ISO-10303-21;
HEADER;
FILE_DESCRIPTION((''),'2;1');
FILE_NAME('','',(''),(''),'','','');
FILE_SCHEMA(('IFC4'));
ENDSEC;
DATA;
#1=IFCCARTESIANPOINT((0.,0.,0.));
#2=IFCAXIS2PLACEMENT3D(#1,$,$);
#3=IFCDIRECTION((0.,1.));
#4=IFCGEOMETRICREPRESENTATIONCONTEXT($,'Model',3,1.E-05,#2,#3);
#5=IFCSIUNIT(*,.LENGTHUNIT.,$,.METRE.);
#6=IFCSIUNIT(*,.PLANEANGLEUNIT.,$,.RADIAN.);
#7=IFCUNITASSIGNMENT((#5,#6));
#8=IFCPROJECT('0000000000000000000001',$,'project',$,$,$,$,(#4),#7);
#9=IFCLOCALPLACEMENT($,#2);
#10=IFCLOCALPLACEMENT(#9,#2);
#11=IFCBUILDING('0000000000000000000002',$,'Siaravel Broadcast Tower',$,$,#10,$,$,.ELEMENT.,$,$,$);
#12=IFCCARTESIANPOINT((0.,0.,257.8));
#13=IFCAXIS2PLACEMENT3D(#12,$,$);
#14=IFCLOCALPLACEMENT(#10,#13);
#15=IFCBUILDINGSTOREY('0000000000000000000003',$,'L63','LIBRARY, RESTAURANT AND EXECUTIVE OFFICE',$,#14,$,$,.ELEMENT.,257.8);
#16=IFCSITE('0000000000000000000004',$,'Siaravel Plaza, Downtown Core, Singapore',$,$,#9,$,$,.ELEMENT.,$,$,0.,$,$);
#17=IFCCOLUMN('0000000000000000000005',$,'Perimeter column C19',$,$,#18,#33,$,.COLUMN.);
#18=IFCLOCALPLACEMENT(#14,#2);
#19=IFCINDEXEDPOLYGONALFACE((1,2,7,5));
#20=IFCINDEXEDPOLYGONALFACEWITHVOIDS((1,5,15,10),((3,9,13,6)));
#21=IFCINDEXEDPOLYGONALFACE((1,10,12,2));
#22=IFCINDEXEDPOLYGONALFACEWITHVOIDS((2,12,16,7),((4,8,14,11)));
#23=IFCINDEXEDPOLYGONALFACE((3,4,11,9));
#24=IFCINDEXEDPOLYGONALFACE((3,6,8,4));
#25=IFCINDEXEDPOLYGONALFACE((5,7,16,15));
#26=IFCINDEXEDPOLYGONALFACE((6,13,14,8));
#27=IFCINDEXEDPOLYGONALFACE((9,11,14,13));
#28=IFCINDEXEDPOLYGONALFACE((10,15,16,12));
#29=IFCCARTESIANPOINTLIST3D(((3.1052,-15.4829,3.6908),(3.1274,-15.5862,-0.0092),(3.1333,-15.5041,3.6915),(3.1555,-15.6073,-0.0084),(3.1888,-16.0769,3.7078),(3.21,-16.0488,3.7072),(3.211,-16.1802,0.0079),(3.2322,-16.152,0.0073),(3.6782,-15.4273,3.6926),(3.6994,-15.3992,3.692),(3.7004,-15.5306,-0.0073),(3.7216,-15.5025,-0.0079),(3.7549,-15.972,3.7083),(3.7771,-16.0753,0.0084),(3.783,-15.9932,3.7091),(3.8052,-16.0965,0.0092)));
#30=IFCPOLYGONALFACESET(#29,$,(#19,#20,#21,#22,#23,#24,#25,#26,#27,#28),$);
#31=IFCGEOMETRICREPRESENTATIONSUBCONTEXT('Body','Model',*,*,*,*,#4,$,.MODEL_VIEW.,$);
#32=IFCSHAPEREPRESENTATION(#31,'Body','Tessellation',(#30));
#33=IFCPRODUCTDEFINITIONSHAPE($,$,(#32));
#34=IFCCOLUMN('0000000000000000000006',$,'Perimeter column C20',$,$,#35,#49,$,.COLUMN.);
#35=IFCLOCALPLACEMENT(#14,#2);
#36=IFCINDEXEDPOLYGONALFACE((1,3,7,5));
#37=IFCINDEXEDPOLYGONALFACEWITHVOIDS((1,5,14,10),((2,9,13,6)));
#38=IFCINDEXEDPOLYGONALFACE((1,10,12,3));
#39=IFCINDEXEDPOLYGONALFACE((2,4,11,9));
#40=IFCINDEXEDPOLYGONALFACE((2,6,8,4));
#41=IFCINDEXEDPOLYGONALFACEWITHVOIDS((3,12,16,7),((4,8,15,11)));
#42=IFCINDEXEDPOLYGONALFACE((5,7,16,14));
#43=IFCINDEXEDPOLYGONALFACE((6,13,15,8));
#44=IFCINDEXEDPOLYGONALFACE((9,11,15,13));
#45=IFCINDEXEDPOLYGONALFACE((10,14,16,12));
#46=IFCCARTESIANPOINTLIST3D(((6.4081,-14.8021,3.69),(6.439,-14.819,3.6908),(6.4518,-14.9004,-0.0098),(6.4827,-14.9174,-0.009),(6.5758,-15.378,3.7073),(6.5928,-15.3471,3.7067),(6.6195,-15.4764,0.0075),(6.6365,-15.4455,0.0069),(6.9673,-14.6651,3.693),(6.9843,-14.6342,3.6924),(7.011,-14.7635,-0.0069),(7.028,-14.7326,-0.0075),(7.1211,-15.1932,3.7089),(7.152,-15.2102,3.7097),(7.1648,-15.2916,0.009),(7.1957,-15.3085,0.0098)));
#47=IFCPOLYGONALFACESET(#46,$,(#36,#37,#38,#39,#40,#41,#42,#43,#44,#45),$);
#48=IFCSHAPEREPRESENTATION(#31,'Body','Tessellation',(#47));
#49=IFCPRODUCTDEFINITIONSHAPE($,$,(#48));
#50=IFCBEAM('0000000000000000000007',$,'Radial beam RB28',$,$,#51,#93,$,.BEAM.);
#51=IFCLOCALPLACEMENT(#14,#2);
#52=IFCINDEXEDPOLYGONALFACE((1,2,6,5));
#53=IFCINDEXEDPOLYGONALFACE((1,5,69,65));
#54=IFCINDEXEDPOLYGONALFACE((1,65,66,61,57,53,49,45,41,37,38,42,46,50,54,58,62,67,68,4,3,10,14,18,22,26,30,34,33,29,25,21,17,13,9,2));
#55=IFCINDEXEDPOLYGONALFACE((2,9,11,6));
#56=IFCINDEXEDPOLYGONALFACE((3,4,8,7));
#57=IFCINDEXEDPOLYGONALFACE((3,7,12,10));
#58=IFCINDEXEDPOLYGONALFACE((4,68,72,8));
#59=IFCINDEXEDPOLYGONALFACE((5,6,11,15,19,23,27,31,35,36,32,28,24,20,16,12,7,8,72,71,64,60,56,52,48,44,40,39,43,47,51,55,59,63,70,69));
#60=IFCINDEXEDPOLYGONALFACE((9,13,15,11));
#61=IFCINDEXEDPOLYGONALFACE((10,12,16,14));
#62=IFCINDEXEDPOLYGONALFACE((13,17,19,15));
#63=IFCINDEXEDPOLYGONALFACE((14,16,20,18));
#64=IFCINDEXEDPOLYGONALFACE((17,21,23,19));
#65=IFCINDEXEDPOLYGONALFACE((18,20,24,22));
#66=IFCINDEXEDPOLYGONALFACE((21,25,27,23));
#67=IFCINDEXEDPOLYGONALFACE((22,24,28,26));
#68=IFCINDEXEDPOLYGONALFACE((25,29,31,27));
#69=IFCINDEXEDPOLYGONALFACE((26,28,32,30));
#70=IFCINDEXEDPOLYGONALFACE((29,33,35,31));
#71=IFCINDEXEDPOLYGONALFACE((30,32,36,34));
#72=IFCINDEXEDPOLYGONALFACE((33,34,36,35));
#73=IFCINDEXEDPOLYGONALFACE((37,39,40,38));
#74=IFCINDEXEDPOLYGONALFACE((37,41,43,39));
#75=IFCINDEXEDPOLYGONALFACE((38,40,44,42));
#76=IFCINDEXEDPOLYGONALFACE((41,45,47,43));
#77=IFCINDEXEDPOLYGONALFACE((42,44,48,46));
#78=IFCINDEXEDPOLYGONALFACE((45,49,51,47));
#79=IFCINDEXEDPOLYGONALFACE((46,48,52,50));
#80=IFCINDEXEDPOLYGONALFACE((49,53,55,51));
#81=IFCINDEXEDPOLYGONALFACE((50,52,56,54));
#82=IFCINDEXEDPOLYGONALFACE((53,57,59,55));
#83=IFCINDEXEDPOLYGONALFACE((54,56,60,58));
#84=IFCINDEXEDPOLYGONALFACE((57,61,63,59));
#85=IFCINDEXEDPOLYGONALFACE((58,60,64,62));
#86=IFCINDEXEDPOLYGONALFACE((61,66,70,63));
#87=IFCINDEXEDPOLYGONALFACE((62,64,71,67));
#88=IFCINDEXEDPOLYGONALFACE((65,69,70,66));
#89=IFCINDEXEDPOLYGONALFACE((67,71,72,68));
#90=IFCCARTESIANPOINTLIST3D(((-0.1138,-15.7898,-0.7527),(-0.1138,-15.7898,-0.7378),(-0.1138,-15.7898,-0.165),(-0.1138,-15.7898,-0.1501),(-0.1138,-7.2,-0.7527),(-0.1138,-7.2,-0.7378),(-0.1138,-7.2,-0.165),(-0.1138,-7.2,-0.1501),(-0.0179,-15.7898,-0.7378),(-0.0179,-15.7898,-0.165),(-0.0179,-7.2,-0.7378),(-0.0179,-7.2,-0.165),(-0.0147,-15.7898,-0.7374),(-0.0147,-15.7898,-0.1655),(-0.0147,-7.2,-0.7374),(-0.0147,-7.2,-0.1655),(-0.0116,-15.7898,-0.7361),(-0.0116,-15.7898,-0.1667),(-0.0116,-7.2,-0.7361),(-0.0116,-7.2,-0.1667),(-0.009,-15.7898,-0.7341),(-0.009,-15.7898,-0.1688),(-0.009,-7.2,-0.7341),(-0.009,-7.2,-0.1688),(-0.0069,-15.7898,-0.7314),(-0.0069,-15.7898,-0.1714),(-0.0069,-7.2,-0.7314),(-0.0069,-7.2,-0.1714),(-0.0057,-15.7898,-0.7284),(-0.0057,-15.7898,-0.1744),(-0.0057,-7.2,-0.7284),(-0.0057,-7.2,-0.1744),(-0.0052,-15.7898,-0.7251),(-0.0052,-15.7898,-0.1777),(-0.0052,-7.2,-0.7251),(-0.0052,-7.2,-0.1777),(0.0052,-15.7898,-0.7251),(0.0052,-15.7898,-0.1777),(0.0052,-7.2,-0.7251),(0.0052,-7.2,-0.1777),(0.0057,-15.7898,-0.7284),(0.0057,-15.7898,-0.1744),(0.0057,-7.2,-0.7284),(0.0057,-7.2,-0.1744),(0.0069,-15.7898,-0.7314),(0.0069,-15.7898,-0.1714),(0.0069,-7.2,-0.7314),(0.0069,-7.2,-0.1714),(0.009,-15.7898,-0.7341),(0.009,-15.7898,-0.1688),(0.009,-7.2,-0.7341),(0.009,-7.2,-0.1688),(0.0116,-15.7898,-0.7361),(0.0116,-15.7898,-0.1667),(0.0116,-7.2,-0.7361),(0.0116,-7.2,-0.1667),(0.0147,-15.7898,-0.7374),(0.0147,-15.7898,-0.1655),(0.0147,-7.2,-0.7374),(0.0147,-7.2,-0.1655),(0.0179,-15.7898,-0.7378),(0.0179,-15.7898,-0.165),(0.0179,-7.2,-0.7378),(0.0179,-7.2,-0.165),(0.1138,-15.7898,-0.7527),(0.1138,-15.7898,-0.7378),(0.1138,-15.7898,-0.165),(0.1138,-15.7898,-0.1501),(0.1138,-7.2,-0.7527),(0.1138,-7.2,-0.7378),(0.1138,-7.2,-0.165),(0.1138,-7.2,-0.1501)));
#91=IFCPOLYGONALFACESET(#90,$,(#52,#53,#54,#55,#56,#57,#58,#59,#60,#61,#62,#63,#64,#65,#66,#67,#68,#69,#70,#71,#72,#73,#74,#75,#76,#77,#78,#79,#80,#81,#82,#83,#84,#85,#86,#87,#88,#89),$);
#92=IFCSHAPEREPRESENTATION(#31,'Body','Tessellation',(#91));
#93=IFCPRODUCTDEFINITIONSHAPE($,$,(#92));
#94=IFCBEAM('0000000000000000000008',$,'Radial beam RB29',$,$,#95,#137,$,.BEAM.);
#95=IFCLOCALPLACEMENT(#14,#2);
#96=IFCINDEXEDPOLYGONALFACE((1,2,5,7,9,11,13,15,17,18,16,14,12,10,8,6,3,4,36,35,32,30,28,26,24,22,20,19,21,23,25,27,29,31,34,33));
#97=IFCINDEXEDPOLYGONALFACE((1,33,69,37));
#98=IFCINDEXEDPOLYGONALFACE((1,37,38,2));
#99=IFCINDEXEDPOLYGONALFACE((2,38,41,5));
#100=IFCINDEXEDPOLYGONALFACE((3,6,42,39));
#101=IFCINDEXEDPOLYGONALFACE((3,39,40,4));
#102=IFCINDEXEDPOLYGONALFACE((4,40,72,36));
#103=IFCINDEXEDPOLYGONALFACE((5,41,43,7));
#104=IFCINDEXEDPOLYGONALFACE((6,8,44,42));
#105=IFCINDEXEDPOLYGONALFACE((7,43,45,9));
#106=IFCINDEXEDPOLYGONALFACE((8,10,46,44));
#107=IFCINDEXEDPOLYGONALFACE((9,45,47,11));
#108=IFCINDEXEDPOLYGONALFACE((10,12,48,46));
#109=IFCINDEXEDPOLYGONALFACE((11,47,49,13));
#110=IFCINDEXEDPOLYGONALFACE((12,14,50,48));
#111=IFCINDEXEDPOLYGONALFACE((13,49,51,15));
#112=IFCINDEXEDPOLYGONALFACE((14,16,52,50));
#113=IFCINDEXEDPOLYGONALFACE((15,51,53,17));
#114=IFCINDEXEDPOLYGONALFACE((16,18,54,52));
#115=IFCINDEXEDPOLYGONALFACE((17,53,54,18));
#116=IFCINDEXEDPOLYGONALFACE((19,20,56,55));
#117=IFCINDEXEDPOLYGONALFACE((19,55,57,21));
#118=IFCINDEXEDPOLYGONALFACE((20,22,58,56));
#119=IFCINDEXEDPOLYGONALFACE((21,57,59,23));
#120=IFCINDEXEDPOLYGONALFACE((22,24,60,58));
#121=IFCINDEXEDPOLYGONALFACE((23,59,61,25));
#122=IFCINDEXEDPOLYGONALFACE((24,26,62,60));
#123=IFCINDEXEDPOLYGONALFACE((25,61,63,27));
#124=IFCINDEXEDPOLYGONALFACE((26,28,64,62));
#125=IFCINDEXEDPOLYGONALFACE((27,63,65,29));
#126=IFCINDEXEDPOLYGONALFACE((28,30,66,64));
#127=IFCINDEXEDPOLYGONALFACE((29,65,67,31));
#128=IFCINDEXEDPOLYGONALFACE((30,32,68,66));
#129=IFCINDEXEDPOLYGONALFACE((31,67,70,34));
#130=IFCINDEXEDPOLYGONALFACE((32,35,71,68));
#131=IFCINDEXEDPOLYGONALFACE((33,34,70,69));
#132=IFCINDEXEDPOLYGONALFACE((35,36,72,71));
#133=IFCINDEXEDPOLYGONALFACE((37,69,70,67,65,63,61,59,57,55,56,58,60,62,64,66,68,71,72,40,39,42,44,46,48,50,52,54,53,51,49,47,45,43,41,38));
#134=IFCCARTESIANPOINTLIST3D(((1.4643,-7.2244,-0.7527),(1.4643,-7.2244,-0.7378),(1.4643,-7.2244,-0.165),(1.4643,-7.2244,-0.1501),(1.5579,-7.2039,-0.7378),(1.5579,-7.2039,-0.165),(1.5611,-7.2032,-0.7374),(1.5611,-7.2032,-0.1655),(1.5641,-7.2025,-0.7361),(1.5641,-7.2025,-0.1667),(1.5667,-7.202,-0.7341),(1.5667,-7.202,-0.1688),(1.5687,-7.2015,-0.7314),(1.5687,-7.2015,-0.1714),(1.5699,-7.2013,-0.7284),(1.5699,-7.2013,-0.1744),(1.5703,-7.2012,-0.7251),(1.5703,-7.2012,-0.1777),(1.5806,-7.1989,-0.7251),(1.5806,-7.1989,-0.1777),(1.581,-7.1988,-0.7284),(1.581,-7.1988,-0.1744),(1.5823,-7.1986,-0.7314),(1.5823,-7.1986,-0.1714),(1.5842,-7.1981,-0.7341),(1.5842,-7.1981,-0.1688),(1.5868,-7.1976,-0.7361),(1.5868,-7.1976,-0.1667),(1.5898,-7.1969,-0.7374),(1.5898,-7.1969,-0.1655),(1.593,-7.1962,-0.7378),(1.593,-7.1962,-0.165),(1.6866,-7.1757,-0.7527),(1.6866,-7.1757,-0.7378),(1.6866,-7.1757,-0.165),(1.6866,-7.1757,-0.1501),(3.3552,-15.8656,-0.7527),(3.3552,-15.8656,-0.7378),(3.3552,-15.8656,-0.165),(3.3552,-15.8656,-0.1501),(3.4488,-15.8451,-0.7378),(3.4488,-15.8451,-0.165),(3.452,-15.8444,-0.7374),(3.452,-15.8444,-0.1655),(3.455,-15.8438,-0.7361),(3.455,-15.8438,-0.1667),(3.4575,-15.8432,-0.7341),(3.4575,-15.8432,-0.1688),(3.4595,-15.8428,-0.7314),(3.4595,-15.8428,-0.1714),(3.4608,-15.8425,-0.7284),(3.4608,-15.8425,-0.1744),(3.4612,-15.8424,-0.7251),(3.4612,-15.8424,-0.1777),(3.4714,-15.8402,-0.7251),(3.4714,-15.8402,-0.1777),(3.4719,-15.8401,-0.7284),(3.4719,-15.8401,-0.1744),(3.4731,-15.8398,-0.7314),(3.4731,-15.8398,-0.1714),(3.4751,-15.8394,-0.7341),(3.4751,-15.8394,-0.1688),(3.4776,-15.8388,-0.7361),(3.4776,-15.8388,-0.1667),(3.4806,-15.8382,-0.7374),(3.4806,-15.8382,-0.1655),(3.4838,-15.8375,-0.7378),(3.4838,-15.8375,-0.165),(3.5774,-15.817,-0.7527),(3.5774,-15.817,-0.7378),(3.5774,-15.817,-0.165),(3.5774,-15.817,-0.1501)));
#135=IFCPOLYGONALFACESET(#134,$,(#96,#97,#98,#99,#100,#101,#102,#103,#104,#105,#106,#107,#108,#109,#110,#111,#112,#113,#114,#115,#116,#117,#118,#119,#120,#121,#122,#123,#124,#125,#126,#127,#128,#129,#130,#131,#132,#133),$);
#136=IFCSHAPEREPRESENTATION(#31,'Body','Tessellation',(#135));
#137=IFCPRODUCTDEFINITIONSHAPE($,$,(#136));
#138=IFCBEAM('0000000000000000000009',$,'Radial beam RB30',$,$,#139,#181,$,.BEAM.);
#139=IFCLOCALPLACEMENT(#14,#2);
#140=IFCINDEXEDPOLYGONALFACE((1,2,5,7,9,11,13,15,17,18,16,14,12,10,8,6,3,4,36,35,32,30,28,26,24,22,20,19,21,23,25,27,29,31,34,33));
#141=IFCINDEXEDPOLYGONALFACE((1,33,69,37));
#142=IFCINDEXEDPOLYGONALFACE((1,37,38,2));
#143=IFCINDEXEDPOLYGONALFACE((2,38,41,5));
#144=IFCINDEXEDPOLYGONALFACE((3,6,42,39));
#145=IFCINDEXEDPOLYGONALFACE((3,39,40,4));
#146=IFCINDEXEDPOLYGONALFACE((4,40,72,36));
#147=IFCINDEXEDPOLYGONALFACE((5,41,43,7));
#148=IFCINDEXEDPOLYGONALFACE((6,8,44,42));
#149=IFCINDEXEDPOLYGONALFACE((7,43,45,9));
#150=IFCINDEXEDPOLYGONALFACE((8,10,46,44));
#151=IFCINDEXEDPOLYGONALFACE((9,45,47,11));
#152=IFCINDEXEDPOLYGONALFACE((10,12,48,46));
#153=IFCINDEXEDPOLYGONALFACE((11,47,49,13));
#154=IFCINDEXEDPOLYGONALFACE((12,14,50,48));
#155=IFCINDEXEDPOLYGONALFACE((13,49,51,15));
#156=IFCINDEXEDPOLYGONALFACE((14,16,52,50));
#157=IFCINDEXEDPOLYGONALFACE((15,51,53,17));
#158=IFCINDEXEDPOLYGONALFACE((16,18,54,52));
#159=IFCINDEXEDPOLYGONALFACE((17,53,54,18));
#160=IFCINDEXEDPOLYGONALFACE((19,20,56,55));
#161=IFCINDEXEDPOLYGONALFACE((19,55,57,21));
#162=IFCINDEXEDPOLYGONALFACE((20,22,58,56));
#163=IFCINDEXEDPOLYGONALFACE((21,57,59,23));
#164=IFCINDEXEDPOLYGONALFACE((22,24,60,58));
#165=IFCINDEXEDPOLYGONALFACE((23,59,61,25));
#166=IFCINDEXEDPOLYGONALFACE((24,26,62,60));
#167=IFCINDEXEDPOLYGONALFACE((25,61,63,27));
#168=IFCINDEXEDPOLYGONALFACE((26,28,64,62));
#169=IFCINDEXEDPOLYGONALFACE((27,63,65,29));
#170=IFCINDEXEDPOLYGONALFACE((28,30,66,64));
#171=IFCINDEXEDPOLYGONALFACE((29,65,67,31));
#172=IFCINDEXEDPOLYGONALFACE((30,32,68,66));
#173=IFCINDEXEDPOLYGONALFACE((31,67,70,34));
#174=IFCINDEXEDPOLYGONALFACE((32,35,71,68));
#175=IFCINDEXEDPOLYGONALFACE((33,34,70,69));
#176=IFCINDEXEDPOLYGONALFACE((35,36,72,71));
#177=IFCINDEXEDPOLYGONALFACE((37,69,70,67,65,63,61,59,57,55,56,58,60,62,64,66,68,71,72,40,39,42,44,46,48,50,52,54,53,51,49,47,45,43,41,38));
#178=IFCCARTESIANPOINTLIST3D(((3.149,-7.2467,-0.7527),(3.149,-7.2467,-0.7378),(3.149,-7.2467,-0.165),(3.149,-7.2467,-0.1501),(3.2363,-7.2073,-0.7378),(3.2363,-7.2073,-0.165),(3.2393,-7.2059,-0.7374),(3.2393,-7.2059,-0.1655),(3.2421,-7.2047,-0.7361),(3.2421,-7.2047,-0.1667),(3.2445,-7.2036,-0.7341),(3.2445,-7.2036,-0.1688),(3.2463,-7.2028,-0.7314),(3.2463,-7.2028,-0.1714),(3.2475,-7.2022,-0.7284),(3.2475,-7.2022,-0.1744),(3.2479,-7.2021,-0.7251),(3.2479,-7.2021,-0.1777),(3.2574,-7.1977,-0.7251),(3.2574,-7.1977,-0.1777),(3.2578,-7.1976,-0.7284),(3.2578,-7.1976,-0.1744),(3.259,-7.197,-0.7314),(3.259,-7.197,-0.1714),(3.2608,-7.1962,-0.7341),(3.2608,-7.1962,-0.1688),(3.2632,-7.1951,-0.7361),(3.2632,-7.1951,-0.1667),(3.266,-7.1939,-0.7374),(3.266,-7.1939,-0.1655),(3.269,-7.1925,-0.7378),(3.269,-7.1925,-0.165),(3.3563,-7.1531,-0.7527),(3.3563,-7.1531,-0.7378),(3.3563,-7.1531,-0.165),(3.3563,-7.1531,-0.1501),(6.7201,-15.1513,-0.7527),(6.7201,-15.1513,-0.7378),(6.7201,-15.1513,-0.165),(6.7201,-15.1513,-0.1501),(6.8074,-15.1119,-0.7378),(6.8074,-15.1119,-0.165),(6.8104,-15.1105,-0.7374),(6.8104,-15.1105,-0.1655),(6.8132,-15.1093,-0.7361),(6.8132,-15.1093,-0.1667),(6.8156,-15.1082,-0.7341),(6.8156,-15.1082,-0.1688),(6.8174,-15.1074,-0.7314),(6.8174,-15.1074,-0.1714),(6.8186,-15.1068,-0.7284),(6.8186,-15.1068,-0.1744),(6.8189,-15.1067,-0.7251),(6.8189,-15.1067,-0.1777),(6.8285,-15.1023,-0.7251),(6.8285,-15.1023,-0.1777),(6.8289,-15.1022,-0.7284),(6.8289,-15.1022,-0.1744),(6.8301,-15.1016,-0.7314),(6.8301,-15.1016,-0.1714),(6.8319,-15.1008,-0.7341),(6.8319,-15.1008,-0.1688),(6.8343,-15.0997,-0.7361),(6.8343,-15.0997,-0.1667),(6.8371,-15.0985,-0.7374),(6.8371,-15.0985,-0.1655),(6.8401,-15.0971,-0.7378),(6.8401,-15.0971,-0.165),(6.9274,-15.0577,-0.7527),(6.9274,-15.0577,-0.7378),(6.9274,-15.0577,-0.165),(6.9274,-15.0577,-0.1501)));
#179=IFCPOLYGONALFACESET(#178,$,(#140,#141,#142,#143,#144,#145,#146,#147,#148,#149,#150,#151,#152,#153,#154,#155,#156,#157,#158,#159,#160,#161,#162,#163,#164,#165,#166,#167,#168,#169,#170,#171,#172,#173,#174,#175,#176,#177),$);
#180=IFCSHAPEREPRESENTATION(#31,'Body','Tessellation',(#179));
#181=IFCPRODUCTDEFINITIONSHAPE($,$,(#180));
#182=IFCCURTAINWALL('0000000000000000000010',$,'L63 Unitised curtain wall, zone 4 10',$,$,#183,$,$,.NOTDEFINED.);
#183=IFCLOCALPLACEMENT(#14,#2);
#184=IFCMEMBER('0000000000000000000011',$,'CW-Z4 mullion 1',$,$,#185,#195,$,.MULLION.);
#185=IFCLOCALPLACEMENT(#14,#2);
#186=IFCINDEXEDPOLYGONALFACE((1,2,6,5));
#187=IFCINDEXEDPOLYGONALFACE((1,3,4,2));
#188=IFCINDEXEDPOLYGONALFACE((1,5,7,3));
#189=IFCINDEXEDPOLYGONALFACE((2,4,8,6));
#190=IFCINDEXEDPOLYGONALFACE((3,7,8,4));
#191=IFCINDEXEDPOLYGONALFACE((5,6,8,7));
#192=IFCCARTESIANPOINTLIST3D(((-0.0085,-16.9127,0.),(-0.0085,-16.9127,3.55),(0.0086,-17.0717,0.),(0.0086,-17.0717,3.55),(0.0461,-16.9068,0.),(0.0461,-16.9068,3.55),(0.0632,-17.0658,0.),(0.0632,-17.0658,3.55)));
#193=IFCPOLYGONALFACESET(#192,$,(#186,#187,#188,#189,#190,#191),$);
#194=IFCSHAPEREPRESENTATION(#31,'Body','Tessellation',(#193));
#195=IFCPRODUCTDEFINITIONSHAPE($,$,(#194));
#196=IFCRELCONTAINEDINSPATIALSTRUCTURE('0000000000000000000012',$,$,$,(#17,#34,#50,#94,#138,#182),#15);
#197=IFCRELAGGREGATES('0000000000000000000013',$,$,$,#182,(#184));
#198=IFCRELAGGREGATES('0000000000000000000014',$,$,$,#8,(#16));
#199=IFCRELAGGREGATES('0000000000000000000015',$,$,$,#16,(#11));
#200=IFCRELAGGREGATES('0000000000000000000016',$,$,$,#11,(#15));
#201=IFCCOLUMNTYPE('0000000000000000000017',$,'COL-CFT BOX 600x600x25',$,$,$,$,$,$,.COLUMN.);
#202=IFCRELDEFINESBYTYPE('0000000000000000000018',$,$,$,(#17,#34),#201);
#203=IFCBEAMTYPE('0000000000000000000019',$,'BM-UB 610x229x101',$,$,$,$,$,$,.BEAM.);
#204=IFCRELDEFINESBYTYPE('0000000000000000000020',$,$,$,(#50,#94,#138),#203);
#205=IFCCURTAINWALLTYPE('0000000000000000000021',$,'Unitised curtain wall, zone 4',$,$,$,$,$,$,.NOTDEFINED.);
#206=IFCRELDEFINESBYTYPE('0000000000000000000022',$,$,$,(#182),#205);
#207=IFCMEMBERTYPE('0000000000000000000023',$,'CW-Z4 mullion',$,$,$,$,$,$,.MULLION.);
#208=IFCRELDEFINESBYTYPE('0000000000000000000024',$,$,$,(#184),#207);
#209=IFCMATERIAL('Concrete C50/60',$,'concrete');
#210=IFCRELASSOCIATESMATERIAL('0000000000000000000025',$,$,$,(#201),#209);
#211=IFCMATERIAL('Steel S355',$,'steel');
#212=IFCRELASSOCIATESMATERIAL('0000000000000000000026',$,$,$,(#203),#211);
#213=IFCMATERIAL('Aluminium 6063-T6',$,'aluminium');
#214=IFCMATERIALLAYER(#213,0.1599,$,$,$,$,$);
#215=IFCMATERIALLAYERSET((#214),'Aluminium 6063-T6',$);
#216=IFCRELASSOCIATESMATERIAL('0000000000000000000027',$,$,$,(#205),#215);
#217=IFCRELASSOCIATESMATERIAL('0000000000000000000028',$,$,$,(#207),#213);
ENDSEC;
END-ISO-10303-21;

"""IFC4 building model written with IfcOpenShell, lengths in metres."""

from ifc_helpers import new_model, si_unit, direction, frame, origin, origin_2d, place, context, subcontext, project, spatial, rectangle, hollow_rectangle, i_section, extrude, material, layer, layer_set, material_profile, profile_set, type_object, element, aggregate, save


model = new_model("IFC4")

# Units and contexts
model_context = context("Model", 3, precision=1e-05, world=origin(), true_north=direction((0.0, 1.0)))
body_context = subcontext(model_context, "Body", "Model", "MODEL_VIEW")
ifc_project = project(units=[si_unit("LENGTHUNIT", "METRE"), si_unit("PLANEANGLEUNIT", "RADIAN")], contexts=[model_context])

# Site, building, storey
site_placement = place(None, origin())
site = spatial("IfcSite", under=ifc_project, at=site_placement, Name="Siaravel Plaza, Downtown Core, Singapore", CompositionType="ELEMENT", RefElevation=0.0)
building_placement = place(site_placement, origin())
building = spatial("IfcBuilding", under=site, at=building_placement, Name="Siaravel Broadcast Tower", CompositionType="ELEMENT")
storey_placement = place(building_placement, frame((0.0, 0.0, 257.8)))
storey = spatial("IfcBuildingStorey", under=building, at=storey_placement, Name="L63", Description="LIBRARY, RESTAURANT AND EXECUTIVE OFFICE", CompositionType="ELEMENT", Elevation=257.8)

# Columns
ifc_material_1 = material(Name="Concrete C50/60", Category="concrete")
ifc_material_profile_1 = material_profile(ifc_material_1, hollow_rectangle(XDim=0.6001, YDim=0.6001, WallThickness=0.0249, at=origin_2d()))
ifc_profile_set_1 = profile_set([ifc_material_profile_1], Name="Concrete C50/60")
column_type = type_object("IfcColumnType", Name="COL-CFT BOX 600x600x25", PredefinedType="COLUMN", material=ifc_profile_set_1)
for number, where, z_axis, x_axis, name in (
    (1, (3.4663, -15.8413, 0.0), (-0.006002, 0.0279, 0.999593), (-0.990221, -0.139496, -0.002052), "Perimeter column C19"),
    (2, (6.8237, -15.1045, 0.0), (-0.011806, 0.026581, 0.999577), (-0.960084, -0.279685, -0.003902), "Perimeter column C20"),
):
    element("IfcColumn", number, at=place(storey_placement, frame(where, z_axis=z_axis, x_axis=x_axis)), inside=storey, type_object=column_type, Name=name, PredefinedType="COLUMN", context=body_context, shape_type="SweptSolid", body=[
        extrude(hollow_rectangle(XDim=0.6001, YDim=0.6001, WallThickness=0.0249, at=origin_2d()), origin(), (0.0, 0.0, 1.0), 3.7014),
    ])

# Beams
ifc_material_2 = material(Name="Steel S355", Category="steel")
ifc_material_profile_2 = material_profile(ifc_material_2, i_section(OverallWidth=0.2275, OverallDepth=0.6025, WebThickness=0.0105, FlangeThickness=0.0149, FilletRadius=0.0127, at=origin_2d()))
ifc_profile_set_2 = profile_set([ifc_material_profile_2], Name="Steel S355")
beam_type = type_object("IfcBeamType", Name="BM-UB 610x229x101", PredefinedType="BEAM", material=ifc_profile_set_2)
beam_1_placement = place(storey_placement, frame((0.0, -15.7898, -0.4514), z_axis=(0.0, 1.0, 0.0), x_axis=(-1.0, 0.0, 0.0)))
element("IfcBeam", 3, at=beam_1_placement, inside=storey, type_object=beam_type, Name="Radial beam RB28", PredefinedType="BEAM", context=body_context, shape_type="SweptSolid", body=[
    extrude(i_section(OverallWidth=0.2275, OverallDepth=0.6025, WebThickness=0.0105, FlangeThickness=0.0149, FilletRadius=0.0127, at=origin_2d()), origin(), (0.0, 0.0, 1.0), 8.5898),
])
beam_2_placement = place(storey_placement, frame((3.4663, -15.8413, -0.4514), z_axis=(-0.213759, 0.976887, 0.0), x_axis=(-0.976887, -0.213759, 0.0)))
element("IfcBeam", 4, at=beam_2_placement, inside=storey, type_object=beam_type, Name="Radial beam RB29", PredefinedType="BEAM", context=body_context, shape_type="SweptSolid", body=[
    extrude(i_section(OverallWidth=0.2275, OverallDepth=0.6025, WebThickness=0.0105, FlangeThickness=0.0149, FilletRadius=0.0127, at=origin_2d()), origin(), (0.0, 0.0, 1.0), 8.8457),
])
beam_3_placement = place(storey_placement, frame((6.8237, -15.1045, -0.4514), z_axis=(-0.411707, 0.911316, 0.0), x_axis=(-0.911316, -0.411707, 0.0)))
element("IfcBeam", 5, at=beam_3_placement, inside=storey, type_object=beam_type, Name="Radial beam RB30", PredefinedType="BEAM", context=body_context, shape_type="SweptSolid", body=[
    extrude(i_section(OverallWidth=0.2275, OverallDepth=0.6025, WebThickness=0.0105, FlangeThickness=0.0149, FilletRadius=0.0127, at=origin_2d()), origin(), (0.0, 0.0, 1.0), 8.6738),
])

# Curtain wall, member
ifc_material_3 = material(Name="Aluminium 6063-T6", Category="aluminium")
ifc_layer_1 = layer(ifc_material_3, 0.1599)
ifc_layer_set_1 = layer_set([ifc_layer_1], Name="Aluminium 6063-T6")
curtain_wall_type = type_object("IfcCurtainWallType", Name="Unitised curtain wall, zone 4", PredefinedType="NOTDEFINED", material=ifc_layer_set_1)
curtain_wall_1_placement = place(storey_placement, origin())
curtain_wall_1 = element("IfcCurtainWall", 6, at=curtain_wall_1_placement, inside=storey, type_object=curtain_wall_type, Name="L63 Unitised curtain wall, zone 4 10", PredefinedType="NOTDEFINED")
ifc_material_profile_3 = material_profile(ifc_material_3, rectangle(XDim=0.1599, YDim=0.0549, at=origin_2d()))
ifc_profile_set_3 = profile_set([ifc_material_profile_3], Name="Aluminium 6063-T6")
member_type_1 = type_object("IfcMemberType", Name="CW-Z4 mullion", PredefinedType="MULLION", material=ifc_profile_set_3)
member_1_placement = place(storey_placement, frame((0.0273, -16.9893, 0.0), z_axis=(0.0, 0.0, 1.0), x_axis=(-0.107218, 0.994236, 0.0)))
member_1 = element("IfcMember", 7, at=member_1_placement, type_object=member_type_1, Name="CW-Z4 mullion 1", PredefinedType="MULLION", context=body_context, shape_type="SweptSolid", body=[
    extrude(rectangle(XDim=0.1599, YDim=0.0549, at=origin_2d()), origin(), (0.0, 0.0, 1.0), 3.55),
])

aggregate(curtain_wall_1, [member_1])

save(model, "model.ifc")
